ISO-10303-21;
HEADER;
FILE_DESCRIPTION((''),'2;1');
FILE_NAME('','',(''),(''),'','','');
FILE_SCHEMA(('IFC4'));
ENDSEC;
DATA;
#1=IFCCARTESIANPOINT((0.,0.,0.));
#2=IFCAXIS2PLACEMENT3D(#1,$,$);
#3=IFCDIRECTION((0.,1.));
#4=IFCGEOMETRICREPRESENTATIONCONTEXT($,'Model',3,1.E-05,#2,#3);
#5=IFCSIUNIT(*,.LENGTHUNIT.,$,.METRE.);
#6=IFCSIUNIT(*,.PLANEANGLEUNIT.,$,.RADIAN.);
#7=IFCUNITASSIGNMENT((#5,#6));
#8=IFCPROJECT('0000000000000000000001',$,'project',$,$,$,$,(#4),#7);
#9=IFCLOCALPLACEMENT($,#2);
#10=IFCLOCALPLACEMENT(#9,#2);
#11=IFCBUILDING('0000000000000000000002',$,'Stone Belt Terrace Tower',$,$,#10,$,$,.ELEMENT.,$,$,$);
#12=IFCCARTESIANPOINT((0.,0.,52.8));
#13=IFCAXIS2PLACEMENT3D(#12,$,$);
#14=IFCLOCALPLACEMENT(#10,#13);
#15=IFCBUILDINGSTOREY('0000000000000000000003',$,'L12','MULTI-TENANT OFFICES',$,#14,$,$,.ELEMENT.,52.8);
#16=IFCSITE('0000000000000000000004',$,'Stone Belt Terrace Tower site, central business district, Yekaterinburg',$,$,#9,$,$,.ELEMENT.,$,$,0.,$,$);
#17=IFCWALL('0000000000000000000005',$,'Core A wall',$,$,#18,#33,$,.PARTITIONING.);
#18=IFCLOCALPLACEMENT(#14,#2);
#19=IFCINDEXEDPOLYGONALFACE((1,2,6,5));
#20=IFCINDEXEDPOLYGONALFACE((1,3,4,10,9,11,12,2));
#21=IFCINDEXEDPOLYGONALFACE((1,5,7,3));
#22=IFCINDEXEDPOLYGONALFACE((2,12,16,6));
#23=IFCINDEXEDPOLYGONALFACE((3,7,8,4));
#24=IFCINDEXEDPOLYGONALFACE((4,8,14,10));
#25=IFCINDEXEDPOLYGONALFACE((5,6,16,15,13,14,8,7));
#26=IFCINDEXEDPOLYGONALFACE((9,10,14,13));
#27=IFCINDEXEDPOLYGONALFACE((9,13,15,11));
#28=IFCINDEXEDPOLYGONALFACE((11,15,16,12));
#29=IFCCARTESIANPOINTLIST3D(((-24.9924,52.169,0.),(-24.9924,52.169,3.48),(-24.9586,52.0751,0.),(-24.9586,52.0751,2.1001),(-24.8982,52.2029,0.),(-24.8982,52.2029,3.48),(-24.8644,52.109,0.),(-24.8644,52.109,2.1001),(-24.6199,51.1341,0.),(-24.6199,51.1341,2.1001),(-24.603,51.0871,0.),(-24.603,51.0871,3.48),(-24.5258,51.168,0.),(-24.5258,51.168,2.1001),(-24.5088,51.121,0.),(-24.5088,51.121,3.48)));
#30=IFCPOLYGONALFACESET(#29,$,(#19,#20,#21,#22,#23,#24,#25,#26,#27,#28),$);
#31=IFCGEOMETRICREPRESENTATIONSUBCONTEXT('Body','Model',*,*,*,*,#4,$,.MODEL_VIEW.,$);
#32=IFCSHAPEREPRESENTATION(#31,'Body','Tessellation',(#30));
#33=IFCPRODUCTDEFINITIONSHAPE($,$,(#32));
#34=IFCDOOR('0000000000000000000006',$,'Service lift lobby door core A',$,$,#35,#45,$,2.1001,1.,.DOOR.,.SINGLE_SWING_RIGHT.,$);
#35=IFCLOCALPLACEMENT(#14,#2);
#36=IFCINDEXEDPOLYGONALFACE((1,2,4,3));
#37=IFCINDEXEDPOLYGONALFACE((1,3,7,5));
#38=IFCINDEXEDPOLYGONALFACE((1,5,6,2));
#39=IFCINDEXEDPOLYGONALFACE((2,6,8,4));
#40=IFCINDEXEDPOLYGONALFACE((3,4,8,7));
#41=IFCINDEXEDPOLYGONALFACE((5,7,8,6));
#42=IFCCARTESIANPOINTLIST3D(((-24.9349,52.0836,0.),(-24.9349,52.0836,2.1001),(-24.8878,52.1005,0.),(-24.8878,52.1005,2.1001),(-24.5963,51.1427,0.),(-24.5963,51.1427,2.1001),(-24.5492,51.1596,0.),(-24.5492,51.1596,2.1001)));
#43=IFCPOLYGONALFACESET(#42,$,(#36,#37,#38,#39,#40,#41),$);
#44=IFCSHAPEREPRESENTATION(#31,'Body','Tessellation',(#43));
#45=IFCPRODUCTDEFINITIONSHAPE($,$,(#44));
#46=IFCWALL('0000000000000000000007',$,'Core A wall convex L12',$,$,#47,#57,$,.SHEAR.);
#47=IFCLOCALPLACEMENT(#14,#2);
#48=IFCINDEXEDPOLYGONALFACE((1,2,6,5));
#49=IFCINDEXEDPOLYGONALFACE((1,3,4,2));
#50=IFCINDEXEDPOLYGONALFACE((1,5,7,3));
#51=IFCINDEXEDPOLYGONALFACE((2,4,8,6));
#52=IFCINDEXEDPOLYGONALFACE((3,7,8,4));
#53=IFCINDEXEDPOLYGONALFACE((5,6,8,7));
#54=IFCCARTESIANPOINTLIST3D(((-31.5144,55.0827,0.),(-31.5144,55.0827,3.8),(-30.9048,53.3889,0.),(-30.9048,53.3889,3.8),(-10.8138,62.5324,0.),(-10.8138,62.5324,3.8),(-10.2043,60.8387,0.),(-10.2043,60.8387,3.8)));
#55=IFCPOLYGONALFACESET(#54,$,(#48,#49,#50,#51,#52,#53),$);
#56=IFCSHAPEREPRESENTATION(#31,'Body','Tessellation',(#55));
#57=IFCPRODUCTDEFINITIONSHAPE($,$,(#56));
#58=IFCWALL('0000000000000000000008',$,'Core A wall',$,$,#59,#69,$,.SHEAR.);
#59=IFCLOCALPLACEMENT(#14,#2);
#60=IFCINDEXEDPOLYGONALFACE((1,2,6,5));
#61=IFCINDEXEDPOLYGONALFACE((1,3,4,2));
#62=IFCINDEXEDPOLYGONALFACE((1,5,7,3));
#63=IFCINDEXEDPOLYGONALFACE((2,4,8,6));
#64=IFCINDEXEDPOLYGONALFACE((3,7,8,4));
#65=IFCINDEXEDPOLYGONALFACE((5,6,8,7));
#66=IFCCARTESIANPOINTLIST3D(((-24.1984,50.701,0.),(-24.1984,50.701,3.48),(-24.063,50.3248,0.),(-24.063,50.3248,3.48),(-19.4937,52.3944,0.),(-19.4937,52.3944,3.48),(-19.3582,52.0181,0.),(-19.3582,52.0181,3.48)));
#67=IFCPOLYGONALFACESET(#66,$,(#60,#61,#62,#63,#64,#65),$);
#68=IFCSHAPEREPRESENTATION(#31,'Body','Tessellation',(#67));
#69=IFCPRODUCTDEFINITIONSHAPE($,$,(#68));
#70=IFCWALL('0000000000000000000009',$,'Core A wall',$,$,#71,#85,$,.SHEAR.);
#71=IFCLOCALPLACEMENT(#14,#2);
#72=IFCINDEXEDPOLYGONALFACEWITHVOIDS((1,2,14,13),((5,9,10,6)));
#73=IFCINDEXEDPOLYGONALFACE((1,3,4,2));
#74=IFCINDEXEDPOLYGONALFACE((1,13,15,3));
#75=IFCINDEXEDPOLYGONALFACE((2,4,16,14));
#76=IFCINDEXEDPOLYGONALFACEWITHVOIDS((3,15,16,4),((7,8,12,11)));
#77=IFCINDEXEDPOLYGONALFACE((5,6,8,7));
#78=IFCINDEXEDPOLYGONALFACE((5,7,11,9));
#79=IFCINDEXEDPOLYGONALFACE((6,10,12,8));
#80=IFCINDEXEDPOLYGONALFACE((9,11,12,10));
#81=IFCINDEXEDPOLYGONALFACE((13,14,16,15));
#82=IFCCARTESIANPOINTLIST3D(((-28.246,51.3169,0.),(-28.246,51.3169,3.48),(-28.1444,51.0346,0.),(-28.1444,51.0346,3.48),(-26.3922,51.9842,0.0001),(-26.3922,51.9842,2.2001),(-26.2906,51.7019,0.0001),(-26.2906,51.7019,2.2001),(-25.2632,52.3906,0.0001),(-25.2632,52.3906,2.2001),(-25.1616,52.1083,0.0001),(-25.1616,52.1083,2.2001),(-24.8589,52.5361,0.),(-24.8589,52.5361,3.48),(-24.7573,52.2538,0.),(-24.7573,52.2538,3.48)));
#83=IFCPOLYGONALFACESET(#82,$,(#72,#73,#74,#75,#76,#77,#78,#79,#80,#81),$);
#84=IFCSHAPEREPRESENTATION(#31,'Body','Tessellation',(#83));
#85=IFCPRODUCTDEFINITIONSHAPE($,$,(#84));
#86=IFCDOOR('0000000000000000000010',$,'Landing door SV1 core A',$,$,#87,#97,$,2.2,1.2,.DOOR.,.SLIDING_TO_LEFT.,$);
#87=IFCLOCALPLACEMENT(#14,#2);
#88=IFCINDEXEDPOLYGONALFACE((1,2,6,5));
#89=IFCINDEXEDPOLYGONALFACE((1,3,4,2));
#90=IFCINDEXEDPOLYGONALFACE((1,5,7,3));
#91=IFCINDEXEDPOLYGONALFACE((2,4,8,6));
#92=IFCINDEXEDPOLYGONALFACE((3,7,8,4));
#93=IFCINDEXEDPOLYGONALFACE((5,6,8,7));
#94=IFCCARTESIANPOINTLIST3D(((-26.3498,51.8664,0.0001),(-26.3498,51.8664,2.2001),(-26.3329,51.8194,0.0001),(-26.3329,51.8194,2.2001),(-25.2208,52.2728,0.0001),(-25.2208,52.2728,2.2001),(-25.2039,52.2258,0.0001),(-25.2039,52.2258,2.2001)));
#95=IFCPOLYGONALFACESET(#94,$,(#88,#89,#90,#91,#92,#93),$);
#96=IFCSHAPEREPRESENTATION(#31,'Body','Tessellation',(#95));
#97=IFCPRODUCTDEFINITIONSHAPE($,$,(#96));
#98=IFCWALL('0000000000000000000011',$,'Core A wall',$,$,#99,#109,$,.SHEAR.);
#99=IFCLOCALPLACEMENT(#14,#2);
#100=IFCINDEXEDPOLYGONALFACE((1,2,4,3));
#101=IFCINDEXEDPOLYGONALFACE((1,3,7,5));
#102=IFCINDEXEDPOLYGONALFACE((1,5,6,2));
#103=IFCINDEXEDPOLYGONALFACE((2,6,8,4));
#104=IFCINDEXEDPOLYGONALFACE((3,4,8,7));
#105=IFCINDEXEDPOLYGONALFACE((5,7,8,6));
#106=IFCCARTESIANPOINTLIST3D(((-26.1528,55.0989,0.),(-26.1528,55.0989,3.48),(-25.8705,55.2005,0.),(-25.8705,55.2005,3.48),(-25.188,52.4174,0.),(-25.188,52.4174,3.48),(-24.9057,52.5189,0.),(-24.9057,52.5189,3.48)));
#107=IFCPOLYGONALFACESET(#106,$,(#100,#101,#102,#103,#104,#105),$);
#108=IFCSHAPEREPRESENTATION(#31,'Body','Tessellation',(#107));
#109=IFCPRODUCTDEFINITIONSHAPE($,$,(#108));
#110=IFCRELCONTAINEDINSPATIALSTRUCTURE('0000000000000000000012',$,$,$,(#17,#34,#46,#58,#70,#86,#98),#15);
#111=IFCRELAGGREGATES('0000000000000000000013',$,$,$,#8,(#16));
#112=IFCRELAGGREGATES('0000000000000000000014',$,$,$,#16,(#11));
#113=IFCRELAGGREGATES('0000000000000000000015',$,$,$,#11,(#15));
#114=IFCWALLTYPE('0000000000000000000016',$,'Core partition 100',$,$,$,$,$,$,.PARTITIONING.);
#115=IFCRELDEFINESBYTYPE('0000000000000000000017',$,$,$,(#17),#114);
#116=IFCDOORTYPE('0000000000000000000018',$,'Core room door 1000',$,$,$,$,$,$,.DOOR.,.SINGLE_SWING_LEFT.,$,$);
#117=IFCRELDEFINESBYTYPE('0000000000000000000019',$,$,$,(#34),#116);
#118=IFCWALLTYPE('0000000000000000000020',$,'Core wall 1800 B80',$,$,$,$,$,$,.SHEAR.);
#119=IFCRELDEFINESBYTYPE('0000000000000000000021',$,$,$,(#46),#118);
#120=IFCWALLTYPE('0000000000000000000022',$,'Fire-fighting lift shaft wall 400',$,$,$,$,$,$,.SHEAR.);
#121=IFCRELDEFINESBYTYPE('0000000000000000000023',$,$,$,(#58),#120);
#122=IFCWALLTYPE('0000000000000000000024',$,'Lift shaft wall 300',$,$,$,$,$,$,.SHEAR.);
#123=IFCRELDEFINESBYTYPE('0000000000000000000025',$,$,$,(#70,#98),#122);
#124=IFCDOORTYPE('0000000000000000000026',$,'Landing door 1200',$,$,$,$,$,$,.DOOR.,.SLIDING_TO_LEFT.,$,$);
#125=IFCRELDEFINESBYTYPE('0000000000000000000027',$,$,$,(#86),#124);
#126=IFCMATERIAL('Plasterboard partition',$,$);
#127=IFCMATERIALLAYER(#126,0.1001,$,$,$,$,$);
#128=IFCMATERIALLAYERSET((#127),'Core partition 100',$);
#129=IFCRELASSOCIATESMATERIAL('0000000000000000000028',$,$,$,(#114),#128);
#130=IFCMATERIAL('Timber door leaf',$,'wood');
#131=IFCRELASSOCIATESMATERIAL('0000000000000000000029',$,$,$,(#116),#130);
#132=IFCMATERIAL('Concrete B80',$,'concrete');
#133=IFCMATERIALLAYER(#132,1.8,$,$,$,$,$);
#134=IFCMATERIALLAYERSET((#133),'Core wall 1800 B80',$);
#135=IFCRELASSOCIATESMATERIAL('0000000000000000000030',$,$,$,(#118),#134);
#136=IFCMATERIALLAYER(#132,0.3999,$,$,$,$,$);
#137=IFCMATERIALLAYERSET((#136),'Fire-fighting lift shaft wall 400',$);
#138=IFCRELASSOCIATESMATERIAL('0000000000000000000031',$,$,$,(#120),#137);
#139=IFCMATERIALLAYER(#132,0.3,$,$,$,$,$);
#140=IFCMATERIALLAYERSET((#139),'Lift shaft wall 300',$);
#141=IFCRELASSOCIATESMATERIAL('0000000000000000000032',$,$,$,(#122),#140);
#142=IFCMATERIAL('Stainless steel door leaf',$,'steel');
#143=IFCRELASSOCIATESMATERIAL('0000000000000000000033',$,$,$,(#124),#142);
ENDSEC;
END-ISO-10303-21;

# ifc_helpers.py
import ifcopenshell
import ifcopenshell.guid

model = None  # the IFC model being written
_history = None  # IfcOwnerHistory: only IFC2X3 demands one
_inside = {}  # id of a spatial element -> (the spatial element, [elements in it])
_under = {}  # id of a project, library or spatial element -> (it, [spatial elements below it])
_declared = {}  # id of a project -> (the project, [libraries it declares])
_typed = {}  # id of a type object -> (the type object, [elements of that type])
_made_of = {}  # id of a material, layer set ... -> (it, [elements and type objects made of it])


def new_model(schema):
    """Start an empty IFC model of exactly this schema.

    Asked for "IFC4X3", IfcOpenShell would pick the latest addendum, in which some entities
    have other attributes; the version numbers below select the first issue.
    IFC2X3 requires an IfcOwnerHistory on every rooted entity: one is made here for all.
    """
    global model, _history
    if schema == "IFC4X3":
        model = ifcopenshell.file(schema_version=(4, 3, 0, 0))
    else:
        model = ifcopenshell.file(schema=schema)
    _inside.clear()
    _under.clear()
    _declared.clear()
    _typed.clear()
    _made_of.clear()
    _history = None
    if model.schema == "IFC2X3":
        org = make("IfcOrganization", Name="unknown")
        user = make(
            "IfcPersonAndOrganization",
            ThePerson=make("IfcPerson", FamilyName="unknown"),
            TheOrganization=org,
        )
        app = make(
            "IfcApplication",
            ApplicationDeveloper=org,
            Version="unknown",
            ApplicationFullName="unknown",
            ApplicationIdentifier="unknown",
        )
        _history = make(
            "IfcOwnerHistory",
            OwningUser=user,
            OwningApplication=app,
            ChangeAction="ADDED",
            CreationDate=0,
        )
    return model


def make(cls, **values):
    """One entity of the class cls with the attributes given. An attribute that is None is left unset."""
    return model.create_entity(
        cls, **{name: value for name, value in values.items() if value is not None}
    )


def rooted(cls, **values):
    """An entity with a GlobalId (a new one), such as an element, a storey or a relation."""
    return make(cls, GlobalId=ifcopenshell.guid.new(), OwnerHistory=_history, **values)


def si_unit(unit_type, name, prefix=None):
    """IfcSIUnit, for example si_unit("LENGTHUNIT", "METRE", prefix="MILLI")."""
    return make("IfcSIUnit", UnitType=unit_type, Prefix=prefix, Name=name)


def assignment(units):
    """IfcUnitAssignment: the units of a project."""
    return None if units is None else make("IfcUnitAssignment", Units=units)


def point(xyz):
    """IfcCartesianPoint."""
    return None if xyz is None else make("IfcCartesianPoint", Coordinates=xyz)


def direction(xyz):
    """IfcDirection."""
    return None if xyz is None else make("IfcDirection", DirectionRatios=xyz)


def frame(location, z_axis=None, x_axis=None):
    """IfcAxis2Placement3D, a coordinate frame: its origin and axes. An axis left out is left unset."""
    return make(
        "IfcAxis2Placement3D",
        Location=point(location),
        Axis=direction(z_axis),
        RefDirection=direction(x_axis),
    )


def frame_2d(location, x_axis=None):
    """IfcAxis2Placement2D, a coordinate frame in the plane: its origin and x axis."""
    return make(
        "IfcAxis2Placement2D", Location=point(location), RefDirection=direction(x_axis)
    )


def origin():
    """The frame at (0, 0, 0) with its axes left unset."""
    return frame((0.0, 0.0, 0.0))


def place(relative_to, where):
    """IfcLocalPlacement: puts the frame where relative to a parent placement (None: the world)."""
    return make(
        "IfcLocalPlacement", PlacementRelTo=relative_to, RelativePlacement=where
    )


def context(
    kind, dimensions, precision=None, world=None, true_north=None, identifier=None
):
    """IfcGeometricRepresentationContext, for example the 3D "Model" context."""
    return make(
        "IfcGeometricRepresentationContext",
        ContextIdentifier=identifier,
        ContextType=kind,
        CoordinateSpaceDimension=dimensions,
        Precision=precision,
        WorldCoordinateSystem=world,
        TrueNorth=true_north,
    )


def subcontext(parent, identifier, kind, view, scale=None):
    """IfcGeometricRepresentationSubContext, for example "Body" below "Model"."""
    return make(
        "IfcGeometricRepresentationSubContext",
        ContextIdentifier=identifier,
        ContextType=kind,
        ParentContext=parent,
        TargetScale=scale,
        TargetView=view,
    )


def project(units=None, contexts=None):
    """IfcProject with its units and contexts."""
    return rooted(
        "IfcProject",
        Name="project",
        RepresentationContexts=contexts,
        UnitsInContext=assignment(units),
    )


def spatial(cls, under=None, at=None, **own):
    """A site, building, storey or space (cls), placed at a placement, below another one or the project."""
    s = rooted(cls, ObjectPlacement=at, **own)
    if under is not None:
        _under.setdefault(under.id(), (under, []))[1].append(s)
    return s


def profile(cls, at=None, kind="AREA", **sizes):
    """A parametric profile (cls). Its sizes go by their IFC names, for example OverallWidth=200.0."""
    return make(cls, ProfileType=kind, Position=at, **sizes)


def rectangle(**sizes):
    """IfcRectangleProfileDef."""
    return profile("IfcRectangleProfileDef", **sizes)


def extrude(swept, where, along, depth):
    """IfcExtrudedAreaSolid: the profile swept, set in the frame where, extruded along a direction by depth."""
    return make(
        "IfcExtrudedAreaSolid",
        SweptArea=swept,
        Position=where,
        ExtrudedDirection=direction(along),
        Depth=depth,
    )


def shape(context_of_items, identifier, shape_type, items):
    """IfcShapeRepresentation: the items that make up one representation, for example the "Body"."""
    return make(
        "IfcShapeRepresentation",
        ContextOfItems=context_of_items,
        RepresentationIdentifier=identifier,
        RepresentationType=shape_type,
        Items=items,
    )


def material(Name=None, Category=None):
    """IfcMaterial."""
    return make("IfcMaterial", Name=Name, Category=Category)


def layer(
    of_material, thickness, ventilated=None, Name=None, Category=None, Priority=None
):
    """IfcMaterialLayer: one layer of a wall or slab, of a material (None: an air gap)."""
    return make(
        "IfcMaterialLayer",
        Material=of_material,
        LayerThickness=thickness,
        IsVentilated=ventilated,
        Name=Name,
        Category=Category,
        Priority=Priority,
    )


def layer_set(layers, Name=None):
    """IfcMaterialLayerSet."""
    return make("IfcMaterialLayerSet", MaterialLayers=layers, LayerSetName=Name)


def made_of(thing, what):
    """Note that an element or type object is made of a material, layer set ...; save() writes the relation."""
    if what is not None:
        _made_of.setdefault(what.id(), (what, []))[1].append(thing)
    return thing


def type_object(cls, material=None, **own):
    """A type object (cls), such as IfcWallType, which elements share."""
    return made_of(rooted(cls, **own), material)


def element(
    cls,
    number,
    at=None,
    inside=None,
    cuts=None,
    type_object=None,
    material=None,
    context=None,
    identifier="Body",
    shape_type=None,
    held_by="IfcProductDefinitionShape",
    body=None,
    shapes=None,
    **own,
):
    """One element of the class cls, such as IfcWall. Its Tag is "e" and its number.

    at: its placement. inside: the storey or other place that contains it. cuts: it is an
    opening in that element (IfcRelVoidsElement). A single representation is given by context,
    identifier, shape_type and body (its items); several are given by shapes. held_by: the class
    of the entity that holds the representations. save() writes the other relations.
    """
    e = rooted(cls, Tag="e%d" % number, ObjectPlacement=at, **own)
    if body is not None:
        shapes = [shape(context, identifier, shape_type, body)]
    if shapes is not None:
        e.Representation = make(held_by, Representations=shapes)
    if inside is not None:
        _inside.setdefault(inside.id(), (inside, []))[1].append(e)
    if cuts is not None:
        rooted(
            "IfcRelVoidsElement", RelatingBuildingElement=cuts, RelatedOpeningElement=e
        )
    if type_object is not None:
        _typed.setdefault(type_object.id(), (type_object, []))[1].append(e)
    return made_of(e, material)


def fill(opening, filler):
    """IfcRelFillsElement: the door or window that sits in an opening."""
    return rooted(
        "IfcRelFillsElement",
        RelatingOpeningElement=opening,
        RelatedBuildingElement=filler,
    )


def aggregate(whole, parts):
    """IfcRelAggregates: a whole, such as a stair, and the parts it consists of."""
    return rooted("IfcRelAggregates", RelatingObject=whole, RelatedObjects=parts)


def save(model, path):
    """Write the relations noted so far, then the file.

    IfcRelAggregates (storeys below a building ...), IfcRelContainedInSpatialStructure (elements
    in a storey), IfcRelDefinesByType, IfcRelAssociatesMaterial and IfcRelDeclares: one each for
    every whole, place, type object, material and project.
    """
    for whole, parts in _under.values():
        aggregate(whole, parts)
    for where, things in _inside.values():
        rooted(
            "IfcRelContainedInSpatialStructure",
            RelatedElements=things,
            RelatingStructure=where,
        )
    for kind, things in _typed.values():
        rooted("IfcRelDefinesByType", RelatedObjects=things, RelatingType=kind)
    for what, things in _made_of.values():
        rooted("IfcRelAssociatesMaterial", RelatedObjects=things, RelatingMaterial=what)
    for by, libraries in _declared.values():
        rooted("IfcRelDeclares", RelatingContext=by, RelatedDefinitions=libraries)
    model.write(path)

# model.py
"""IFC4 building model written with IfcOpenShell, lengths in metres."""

from ifc_helpers import new_model, si_unit, direction, frame, frame_2d, origin, place, context, subcontext, project, spatial, rectangle, extrude, material, layer, layer_set, type_object, element, fill, save


model = new_model("IFC4")

# Units and contexts
model_context = context("Model", 3, precision=1e-05, world=origin(), true_north=direction((0.0, 1.0)))
body_context = subcontext(model_context, "Body", "Model", "MODEL_VIEW")
ifc_project = project(units=[si_unit("LENGTHUNIT", "METRE"), si_unit("PLANEANGLEUNIT", "RADIAN")], contexts=[model_context])

# Site, building, storey
site_placement = place(None, origin())
site = spatial("IfcSite", under=ifc_project, at=site_placement, Name="Stone Belt Terrace Tower site, central business district, Yekaterinburg", CompositionType="ELEMENT", RefElevation=0.0)
building_placement = place(site_placement, origin())
building = spatial("IfcBuilding", under=site, at=building_placement, Name="Stone Belt Terrace Tower", CompositionType="ELEMENT")
storey_placement = place(building_placement, frame((0.0, 0.0, 52.8)))
storey = spatial("IfcBuildingStorey", under=building, at=storey_placement, Name="L12", Description="MULTI-TENANT OFFICES", CompositionType="ELEMENT", Elevation=52.8)

# Wall, opening, door
ifc_material_1 = material(Name="Plasterboard partition")
ifc_layer_1 = layer(ifc_material_1, 0.1001)
ifc_layer_set_1 = layer_set([ifc_layer_1], Name="Core partition 100")
wall_type_1 = type_object("IfcWallType", Name="Core partition 100", PredefinedType="PARTITIONING", material=ifc_layer_set_1)
wall_1_placement = place(storey_placement, frame((-24.5559, 51.104, 0.0), z_axis=(0.0, 0.0, 1.0), x_axis=(-0.338622, 0.940923, 0.0)))
wall_1 = element("IfcWall", 1, at=wall_1_placement, inside=storey, type_object=wall_type_1, Name="Core A wall", PredefinedType="PARTITIONING", context=body_context, shape_type="SweptSolid", body=[
    extrude(rectangle(XDim=1.1499, YDim=0.1001, at=frame_2d((0.575, 0.0))), origin(), (0.0, 0.0, 1.0), 3.48),
])
opening_1_placement = place(wall_1_placement, frame((0.05, 0.0, 0.0)))
opening_1 = element("IfcOpeningElement", 2, at=opening_1_placement, cuts=wall_1, PredefinedType="OPENING", context=body_context, shape_type="SweptSolid", body=[
    extrude(rectangle(XDim=1.0, YDim=2.1001, at=frame_2d((0.5, 1.05))), frame((0.0, 0.0601, 0.0), z_axis=(0.0, -1.0, 0.0), x_axis=(1.0, 0.0, 0.0)), (0.0, 0.0, 1.0), 0.1201),
])
ifc_material_2 = material(Name="Timber door leaf", Category="wood")
door_type_1 = type_object("IfcDoorType", Name="Core room door 1000", OperationType="SINGLE_SWING_LEFT", PredefinedType="DOOR", material=ifc_material_2)
door_1_placement = place(opening_1_placement, origin())
door_1 = element("IfcDoor", 3, at=door_1_placement, inside=storey, type_object=door_type_1, Name="Service lift lobby door core A", OperationType="SINGLE_SWING_RIGHT", OverallHeight=2.1001, OverallWidth=1.0, PredefinedType="DOOR", context=body_context, shape_type="SweptSolid", body=[
    extrude(rectangle(XDim=1.0, YDim=2.1001, at=frame_2d((0.5, 1.05))), frame((0.0, 0.0249, 0.0), z_axis=(0.0, -1.0, 0.0), x_axis=(1.0, 0.0, 0.0)), (0.0, 0.0, 1.0), 0.05),
])
fill(opening_1, door_1)

# Walls
ifc_material_3 = material(Name="Concrete B80", Category="concrete")
ifc_layer_2 = layer(ifc_material_3, 1.8)
ifc_layer_set_2 = layer_set([ifc_layer_2], Name="Core wall 1800 B80")
wall_type_2 = type_object("IfcWallType", Name="Core wall 1800 B80", PredefinedType="SHEAR", material=ifc_layer_set_2)
wall_2_placement = place(storey_placement, frame((-31.2095, 54.2358, 0.0), z_axis=(0.0, 0.0, 1.0), x_axis=(0.940923, 0.338621, 0.0)))
element("IfcWall", 4, at=wall_2_placement, inside=storey, type_object=wall_type_2, Name="Core A wall convex L12", PredefinedType="SHEAR", context=body_context, shape_type="SweptSolid", body=[
    extrude(rectangle(XDim=22.0002, YDim=1.8, at=frame_2d((11.0, 0.0))), origin(), (0.0, 0.0, 1.0), 3.8),
])
ifc_layer_3 = layer(ifc_material_3, 0.3999)
ifc_layer_set_3 = layer_set([ifc_layer_3], Name="Fire-fighting lift shaft wall 400")
wall_type_3 = type_object("IfcWallType", Name="Fire-fighting lift shaft wall 400", PredefinedType="SHEAR", material=ifc_layer_set_3)
wall_3_placement = place(storey_placement, frame((-24.1306, 50.5129, 0.0), z_axis=(0.0, 0.0, 1.0), x_axis=(0.940912, 0.338652, 0.0)))
element("IfcWall", 5, at=wall_3_placement, inside=storey, type_object=wall_type_3, Name="Core A wall", PredefinedType="SHEAR", context=body_context, shape_type="SweptSolid", body=[
    extrude(rectangle(XDim=5.0002, YDim=0.3999, at=frame_2d((2.5, 0.0))), origin(), (0.0, 0.0, 1.0), 3.48),
])

# Wall, opening, door
ifc_layer_4 = layer(ifc_material_3, 0.3)
ifc_layer_set_4 = layer_set([ifc_layer_4], Name="Lift shaft wall 300")
wall_type_4 = type_object("IfcWallType", Name="Lift shaft wall 300", PredefinedType="SHEAR", material=ifc_layer_set_4)
wall_4_placement = place(storey_placement, frame((-28.1951, 51.1758, 0.0), z_axis=(0.0, 0.0, 1.0), x_axis=(0.940901, 0.338681, 0.0)))
wall_4 = element("IfcWall", 6, at=wall_4_placement, inside=storey, type_object=wall_type_4, Name="Core A wall", PredefinedType="SHEAR", context=body_context, shape_type="SweptSolid", body=[
    extrude(rectangle(XDim=3.5999, YDim=0.3, at=frame_2d((1.7998, 0.0))), origin(), (0.0, 0.0, 1.0), 3.48),
])
opening_2_placement = place(wall_4_placement, frame((1.97, 0.0, 0.0)))
opening_2 = element("IfcOpeningElement", 7, at=opening_2_placement, cuts=wall_4, PredefinedType="OPENING", context=body_context, shape_type="SweptSolid", body=[
    extrude(rectangle(XDim=1.2, YDim=2.2, at=frame_2d((0.6001, 1.1001))), frame((0.0, 0.1599, 0.0), z_axis=(0.0, -1.0, 0.0), x_axis=(1.0, 0.0, 0.0)), (0.0, 0.0, 1.0), 0.3201),
])
ifc_material_4 = material(Name="Stainless steel door leaf", Category="steel")
door_type_2 = type_object("IfcDoorType", Name="Landing door 1200", OperationType="SLIDING_TO_LEFT", PredefinedType="DOOR", material=ifc_material_4)
door_2_placement = place(opening_2_placement, origin())
door_2 = element("IfcDoor", 8, at=door_2_placement, inside=storey, type_object=door_type_2, Name="Landing door SV1 core A", OperationType="SLIDING_TO_LEFT", OverallHeight=2.2, OverallWidth=1.2, PredefinedType="DOOR", context=body_context, shape_type="SweptSolid", body=[
    extrude(rectangle(XDim=1.2, YDim=2.2, at=frame_2d((0.6001, 1.1001))), frame((0.0, 0.0249, 0.0), z_axis=(0.0, -1.0, 0.0), x_axis=(1.0, 0.0, 0.0)), (0.0, 0.0, 1.0), 0.05),
])
fill(opening_2, door_2)

# Wall
wall_5_placement = place(storey_placement, frame((-25.0469, 52.4683, 0.0), z_axis=(0.0, 0.0, 1.0), x_axis=(-0.33855, 0.940949, 0.0)))
element("IfcWall", 9, at=wall_5_placement, inside=storey, type_object=wall_type_4, Name="Core A wall", PredefinedType="SHEAR", context=body_context, shape_type="SweptSolid", body=[
    extrude(rectangle(XDim=2.8499, YDim=0.3, at=frame_2d((1.4248, 0.0))), origin(), (0.0, 0.0, 1.0), 3.48),
])

save(model, "model.ifc")
